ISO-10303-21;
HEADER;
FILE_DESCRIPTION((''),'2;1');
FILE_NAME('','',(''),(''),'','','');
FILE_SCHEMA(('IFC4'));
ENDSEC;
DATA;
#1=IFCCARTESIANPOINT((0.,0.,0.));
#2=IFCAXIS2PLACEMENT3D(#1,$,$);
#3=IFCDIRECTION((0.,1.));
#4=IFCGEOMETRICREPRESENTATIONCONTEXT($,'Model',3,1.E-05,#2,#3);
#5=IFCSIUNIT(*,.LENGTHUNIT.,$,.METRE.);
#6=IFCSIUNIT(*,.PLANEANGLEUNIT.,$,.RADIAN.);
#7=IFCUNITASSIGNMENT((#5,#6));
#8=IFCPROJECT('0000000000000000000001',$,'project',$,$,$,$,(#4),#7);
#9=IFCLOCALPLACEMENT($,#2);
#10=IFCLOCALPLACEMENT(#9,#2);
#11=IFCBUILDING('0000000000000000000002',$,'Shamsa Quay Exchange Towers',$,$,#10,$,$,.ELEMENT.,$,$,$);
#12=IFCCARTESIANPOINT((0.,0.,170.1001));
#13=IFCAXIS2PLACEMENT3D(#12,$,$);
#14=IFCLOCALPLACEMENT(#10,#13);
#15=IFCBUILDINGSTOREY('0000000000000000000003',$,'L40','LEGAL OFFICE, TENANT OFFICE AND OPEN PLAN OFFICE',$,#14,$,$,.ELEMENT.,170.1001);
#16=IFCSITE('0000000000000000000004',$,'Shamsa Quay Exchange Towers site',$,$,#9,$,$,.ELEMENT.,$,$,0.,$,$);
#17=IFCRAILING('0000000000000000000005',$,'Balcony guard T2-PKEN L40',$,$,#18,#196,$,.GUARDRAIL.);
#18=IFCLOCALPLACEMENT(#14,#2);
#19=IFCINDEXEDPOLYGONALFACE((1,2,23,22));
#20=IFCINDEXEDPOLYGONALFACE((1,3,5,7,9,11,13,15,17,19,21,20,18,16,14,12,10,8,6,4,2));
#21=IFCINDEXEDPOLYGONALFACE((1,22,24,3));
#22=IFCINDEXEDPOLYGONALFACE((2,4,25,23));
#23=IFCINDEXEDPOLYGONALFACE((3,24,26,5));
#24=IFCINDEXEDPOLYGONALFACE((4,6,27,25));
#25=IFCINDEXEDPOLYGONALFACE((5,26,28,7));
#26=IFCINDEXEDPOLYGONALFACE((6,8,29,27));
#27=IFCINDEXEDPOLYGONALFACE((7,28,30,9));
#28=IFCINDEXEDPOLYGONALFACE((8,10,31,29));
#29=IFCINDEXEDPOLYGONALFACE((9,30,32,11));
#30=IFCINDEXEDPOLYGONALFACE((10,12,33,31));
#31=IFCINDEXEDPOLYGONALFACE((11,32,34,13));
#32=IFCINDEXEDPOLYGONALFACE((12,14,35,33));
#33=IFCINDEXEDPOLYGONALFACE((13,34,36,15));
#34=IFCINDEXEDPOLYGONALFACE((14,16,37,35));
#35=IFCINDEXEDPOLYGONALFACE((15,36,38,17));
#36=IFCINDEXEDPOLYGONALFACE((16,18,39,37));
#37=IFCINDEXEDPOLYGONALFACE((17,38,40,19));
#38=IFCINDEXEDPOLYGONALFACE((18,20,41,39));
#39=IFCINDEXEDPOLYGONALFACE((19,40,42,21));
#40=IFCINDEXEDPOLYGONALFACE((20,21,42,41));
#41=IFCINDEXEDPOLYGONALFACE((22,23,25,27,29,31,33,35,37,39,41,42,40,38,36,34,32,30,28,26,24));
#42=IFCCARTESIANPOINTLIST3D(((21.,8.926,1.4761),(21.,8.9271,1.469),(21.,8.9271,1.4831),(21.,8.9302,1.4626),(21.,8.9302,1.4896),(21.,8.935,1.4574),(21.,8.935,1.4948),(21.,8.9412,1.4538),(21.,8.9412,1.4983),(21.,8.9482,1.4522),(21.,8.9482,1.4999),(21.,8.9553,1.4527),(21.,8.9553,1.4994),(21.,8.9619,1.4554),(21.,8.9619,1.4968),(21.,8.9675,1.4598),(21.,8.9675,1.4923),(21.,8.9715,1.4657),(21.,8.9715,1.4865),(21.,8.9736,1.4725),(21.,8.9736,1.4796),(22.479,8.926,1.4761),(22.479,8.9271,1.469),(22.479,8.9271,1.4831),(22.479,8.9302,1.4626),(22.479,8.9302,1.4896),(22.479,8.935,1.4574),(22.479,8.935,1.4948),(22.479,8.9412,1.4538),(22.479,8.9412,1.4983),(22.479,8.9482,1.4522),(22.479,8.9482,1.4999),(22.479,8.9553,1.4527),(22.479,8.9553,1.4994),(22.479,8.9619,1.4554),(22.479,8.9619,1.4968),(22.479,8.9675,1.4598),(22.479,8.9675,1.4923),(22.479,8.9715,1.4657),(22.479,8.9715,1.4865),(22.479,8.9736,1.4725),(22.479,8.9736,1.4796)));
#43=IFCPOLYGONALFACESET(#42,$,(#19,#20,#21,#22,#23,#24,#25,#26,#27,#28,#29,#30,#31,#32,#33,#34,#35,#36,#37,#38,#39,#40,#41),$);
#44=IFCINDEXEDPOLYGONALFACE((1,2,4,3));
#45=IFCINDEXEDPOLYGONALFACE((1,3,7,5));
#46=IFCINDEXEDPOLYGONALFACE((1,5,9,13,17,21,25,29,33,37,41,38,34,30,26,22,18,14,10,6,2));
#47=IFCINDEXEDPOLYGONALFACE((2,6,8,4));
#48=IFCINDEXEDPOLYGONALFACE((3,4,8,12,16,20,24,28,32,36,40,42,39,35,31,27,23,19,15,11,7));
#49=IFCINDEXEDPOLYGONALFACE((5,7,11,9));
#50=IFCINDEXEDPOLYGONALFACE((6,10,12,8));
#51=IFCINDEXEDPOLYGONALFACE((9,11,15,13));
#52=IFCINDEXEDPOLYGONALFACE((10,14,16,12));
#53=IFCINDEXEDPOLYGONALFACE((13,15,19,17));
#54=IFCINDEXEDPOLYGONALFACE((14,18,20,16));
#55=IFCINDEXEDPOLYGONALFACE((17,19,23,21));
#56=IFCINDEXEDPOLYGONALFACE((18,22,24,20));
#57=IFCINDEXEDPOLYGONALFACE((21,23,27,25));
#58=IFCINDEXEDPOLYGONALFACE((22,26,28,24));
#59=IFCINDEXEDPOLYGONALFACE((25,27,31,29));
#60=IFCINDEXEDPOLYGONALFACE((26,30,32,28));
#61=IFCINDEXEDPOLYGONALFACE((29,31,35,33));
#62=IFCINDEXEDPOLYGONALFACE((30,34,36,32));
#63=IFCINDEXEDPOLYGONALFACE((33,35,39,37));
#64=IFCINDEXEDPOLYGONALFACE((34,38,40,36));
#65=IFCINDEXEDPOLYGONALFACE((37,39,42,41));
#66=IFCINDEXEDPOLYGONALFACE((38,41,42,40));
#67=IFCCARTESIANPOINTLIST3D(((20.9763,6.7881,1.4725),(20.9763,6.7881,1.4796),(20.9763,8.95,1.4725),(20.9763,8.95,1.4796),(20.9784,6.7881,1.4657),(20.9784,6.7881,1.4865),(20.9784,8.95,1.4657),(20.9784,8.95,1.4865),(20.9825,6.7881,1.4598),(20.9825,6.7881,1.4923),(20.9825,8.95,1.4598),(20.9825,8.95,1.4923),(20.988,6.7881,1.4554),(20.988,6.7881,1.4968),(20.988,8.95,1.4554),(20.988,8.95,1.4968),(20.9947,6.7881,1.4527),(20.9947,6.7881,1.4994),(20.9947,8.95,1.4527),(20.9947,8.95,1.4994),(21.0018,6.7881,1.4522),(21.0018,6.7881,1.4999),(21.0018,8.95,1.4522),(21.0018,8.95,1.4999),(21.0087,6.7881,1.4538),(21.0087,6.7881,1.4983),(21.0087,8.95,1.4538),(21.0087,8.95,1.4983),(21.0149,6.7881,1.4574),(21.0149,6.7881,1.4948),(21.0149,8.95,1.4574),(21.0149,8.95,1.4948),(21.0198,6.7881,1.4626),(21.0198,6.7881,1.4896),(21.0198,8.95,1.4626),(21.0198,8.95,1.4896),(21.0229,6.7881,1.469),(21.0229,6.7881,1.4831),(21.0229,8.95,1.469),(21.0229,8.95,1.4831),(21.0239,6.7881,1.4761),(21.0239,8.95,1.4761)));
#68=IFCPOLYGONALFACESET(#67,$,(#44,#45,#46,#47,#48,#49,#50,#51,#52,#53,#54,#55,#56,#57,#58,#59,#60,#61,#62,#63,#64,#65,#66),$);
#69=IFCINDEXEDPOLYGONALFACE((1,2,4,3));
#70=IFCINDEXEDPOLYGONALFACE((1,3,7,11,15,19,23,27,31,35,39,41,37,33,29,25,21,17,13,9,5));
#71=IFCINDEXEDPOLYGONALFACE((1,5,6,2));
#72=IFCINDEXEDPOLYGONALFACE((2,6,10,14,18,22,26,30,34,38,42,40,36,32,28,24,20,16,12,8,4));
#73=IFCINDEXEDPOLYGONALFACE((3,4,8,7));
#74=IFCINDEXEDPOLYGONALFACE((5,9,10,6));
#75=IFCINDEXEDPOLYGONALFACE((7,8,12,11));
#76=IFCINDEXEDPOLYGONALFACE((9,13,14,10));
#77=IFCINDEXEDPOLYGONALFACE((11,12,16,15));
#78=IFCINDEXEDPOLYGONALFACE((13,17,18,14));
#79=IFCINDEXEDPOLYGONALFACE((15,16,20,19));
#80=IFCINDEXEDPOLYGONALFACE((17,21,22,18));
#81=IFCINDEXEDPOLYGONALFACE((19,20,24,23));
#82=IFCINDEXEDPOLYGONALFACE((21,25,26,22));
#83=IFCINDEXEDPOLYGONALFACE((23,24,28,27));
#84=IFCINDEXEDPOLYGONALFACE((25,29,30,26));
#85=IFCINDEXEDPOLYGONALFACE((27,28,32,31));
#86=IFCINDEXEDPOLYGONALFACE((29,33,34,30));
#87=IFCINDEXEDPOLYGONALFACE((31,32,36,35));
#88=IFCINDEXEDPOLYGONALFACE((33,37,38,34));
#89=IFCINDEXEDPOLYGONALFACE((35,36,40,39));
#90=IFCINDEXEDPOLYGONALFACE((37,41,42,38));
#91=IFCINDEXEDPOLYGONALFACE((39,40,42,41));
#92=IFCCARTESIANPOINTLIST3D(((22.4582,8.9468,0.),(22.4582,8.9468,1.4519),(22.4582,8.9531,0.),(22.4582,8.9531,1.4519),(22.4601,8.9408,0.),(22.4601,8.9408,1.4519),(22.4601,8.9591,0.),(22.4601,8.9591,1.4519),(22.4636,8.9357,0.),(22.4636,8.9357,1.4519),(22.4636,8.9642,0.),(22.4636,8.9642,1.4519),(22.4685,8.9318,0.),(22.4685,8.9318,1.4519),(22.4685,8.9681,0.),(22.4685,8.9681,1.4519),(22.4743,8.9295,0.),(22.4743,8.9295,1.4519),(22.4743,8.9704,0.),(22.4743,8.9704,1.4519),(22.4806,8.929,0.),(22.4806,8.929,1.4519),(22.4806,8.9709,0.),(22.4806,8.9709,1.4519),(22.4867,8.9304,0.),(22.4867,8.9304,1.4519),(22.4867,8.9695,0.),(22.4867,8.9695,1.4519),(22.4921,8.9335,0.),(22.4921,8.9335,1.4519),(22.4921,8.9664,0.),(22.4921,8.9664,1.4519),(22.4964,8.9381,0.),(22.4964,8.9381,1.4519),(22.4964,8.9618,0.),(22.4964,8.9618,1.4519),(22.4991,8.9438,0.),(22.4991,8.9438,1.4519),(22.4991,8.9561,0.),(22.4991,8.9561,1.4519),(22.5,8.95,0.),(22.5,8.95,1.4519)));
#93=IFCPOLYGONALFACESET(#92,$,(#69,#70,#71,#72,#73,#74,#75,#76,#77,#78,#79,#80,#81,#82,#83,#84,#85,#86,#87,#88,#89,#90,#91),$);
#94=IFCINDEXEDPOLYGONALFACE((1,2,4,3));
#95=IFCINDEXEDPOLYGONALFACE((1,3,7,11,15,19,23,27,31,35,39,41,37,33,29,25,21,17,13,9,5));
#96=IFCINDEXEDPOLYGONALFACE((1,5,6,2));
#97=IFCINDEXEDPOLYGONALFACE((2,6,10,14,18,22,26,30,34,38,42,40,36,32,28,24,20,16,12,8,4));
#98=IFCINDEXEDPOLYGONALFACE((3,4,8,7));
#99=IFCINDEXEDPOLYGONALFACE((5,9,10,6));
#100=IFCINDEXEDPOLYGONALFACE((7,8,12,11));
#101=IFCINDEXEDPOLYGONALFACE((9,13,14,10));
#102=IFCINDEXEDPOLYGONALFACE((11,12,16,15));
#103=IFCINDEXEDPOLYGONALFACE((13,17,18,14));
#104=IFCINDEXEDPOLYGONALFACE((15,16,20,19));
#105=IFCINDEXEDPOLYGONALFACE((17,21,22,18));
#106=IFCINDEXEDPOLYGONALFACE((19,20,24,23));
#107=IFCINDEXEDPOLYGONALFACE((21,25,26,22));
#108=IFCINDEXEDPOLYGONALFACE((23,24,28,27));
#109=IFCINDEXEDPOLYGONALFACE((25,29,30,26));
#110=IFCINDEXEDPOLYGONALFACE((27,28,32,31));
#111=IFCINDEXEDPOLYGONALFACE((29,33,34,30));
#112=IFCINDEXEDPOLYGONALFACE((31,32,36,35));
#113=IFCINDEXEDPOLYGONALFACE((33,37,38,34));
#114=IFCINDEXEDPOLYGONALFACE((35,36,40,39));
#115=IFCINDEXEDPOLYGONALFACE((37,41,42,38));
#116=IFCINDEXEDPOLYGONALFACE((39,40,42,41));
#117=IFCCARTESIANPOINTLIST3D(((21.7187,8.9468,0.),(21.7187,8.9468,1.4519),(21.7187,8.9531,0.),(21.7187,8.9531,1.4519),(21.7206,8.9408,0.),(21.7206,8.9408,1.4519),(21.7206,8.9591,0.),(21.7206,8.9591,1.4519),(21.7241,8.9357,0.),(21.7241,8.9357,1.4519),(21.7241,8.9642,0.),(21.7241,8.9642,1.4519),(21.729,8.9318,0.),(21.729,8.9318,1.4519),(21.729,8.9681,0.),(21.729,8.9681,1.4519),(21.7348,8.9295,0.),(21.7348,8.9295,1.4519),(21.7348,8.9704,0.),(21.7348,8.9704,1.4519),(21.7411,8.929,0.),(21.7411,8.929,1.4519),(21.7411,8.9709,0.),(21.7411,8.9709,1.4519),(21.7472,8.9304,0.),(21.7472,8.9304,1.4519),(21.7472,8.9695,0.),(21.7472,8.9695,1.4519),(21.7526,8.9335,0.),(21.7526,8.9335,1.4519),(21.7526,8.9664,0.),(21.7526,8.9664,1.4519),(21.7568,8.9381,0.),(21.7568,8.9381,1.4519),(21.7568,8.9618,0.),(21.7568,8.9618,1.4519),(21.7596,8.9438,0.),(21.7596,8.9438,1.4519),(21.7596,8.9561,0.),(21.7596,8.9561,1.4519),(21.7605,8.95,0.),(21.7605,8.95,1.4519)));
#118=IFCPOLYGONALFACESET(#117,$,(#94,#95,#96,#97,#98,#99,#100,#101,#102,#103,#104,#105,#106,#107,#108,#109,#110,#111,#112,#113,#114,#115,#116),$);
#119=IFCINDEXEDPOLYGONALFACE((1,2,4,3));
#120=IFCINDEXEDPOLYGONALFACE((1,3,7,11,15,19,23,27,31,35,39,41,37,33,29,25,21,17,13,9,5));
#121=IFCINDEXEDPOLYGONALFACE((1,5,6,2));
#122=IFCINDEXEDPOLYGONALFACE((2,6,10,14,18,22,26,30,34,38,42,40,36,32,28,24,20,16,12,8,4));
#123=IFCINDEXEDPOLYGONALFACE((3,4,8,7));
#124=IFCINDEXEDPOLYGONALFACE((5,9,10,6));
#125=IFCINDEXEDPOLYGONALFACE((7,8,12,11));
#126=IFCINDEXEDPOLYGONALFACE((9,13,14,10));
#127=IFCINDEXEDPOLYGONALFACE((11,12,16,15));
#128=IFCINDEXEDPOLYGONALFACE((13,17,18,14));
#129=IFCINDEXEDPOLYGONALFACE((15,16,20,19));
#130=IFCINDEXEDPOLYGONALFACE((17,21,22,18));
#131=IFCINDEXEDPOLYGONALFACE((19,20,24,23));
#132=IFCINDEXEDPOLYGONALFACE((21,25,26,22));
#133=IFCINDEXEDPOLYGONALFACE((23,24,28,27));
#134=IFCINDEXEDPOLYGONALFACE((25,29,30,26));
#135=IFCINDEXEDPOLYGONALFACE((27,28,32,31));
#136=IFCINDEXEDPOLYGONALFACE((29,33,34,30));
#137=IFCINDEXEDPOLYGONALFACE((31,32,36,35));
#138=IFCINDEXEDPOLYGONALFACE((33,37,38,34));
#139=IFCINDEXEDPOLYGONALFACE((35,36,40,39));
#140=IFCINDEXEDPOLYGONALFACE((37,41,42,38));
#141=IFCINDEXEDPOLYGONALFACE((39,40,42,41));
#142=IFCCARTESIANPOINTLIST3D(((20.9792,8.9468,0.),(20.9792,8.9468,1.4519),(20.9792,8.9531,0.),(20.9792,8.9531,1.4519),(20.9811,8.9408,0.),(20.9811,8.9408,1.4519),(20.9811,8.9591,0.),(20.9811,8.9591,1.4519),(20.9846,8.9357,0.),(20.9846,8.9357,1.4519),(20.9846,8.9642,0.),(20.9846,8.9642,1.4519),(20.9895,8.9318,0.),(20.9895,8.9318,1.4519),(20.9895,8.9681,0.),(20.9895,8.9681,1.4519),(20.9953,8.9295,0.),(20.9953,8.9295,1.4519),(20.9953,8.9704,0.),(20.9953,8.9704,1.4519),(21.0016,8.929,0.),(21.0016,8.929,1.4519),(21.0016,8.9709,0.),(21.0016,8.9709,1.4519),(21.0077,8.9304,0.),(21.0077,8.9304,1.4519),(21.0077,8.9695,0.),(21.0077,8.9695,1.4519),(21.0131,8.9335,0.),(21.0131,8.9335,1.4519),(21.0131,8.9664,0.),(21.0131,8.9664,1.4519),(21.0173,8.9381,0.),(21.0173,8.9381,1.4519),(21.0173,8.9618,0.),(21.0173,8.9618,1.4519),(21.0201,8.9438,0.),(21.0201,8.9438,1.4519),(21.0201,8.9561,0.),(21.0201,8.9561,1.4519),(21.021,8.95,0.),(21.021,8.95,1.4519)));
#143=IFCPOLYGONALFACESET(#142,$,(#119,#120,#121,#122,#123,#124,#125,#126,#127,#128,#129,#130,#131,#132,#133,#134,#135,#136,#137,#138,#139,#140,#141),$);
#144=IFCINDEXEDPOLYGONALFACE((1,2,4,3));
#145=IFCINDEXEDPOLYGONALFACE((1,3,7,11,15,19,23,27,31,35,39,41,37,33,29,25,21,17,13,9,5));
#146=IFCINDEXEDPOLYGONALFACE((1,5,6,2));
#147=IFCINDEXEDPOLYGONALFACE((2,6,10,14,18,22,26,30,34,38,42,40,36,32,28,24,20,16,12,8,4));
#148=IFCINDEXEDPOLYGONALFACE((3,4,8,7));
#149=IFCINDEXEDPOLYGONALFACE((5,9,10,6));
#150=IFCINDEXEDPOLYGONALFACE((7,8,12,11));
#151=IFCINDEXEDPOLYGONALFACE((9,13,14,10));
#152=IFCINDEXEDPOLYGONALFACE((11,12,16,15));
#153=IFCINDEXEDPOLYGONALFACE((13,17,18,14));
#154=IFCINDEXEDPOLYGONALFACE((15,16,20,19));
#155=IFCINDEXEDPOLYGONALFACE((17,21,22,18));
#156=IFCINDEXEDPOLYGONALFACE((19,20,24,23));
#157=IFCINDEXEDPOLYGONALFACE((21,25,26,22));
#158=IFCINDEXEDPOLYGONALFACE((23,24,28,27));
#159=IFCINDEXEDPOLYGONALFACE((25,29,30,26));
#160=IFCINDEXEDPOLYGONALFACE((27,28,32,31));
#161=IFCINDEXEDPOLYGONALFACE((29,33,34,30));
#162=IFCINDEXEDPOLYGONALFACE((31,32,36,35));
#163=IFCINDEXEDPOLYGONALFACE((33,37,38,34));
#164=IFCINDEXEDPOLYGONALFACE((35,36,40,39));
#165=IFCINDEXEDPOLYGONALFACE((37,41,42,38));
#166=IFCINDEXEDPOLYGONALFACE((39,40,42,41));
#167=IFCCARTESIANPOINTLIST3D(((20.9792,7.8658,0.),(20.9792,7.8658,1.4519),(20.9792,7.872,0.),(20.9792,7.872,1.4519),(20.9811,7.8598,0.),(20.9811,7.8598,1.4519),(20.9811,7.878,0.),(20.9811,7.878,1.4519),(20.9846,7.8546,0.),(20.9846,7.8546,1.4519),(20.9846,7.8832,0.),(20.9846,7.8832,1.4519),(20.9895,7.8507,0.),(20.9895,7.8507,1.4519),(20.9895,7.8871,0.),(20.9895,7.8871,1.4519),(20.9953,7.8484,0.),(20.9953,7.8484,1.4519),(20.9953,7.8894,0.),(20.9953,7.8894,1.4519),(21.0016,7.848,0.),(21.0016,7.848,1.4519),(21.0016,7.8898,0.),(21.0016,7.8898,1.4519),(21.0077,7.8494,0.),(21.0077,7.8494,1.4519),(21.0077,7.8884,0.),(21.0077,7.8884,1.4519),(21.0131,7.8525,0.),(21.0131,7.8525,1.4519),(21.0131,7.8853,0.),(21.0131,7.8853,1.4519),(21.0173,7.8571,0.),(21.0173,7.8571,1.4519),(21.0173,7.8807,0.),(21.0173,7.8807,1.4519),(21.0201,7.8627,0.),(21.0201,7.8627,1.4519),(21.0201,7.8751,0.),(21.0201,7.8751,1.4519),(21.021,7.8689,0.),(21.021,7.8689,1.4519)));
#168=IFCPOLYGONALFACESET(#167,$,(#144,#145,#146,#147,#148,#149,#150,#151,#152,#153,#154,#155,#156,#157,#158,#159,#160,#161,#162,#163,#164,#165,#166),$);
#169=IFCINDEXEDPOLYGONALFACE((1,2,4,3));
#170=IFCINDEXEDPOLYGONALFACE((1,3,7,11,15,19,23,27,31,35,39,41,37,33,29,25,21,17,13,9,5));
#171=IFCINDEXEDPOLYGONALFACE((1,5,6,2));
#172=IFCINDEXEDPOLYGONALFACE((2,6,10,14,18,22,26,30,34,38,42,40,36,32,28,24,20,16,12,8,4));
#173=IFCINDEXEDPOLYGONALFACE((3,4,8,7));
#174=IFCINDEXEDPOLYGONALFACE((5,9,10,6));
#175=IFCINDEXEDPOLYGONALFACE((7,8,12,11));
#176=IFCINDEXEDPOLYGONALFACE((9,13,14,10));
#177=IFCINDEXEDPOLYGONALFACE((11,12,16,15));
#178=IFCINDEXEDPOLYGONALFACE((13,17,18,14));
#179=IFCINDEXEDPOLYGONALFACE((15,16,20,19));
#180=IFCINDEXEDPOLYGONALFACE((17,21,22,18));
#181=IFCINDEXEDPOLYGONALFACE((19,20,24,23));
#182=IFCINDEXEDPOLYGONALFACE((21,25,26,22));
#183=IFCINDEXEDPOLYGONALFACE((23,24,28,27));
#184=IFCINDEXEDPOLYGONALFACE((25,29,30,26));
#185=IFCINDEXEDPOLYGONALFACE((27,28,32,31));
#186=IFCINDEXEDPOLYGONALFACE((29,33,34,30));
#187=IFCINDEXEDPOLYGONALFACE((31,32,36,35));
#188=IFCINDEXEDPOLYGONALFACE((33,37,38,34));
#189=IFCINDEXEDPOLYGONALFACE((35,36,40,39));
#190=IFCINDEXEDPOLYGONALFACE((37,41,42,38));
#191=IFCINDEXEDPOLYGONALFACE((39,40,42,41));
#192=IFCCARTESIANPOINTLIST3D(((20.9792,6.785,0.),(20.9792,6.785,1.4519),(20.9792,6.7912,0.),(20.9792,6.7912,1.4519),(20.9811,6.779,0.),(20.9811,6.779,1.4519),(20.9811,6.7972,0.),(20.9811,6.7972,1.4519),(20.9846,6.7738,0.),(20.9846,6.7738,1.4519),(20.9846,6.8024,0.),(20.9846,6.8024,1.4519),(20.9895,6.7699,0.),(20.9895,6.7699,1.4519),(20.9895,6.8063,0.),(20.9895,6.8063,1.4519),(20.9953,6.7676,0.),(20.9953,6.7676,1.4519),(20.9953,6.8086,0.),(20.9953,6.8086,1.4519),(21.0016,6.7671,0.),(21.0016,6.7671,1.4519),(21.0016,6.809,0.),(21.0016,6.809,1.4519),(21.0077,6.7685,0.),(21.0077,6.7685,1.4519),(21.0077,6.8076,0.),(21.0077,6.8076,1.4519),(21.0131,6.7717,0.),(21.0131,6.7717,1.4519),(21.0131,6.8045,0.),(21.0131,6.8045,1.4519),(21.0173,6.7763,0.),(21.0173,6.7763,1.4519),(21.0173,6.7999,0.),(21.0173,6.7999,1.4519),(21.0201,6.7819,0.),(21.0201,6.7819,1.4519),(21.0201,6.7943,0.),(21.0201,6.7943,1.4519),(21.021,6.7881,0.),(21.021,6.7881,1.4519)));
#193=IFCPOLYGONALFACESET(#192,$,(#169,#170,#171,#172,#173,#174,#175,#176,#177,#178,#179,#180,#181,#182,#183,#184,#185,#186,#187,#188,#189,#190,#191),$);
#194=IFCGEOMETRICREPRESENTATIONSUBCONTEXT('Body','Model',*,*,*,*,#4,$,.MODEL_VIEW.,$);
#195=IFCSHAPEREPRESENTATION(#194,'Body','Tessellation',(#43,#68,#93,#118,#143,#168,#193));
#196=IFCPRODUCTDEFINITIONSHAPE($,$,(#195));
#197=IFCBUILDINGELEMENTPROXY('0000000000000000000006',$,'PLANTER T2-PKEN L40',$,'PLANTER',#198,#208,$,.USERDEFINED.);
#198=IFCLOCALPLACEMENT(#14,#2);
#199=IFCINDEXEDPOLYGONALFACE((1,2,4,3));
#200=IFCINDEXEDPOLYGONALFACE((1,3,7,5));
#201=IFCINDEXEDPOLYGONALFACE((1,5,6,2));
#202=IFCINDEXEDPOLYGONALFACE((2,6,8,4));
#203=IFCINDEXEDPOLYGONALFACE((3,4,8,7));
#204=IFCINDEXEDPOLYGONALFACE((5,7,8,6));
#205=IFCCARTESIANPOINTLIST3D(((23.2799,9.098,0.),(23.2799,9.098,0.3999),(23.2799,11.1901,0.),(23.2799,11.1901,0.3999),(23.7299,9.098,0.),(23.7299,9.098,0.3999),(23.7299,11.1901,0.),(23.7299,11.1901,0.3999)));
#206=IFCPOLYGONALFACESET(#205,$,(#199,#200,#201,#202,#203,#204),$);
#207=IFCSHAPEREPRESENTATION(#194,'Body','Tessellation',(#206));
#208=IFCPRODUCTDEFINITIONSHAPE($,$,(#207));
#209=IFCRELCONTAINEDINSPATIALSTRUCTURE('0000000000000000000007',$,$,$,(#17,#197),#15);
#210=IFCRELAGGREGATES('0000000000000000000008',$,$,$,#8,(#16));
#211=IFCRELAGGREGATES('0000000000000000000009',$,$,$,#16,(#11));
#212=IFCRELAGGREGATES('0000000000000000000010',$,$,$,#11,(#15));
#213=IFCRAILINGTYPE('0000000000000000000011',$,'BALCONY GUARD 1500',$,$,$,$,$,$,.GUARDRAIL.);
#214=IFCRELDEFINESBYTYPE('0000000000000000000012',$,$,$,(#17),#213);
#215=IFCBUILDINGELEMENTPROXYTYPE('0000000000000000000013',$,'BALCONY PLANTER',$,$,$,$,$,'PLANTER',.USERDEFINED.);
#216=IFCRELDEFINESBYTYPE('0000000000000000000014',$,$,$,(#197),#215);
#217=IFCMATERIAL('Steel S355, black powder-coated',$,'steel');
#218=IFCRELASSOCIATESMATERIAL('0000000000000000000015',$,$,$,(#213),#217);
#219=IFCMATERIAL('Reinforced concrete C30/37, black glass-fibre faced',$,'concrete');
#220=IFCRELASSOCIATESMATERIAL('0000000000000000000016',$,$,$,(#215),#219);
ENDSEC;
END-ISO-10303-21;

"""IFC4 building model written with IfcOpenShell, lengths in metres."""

from ifc_helpers import new_model, si_unit, direction, frame, origin, origin_2d, place, context, subcontext, project, spatial, rectangle, circle, extrude, material, type_object, element, save


model = new_model("IFC4")

# Units and contexts
model_context = context("Model", 3, precision=1e-05, world=origin(), true_north=direction((0.0, 1.0)))
body_context = subcontext(model_context, "Body", "Model", "MODEL_VIEW")
ifc_project = project(units=[si_unit("LENGTHUNIT", "METRE"), si_unit("PLANEANGLEUNIT", "RADIAN")], contexts=[model_context])

# Site, building, storey
site_placement = place(None, origin())
site = spatial("IfcSite", under=ifc_project, at=site_placement, Name="Shamsa Quay Exchange Towers site", CompositionType="ELEMENT", RefElevation=0.0)
building_placement = place(site_placement, origin())
building = spatial("IfcBuilding", under=site, at=building_placement, Name="Shamsa Quay Exchange Towers", CompositionType="ELEMENT")
storey_placement = place(building_placement, frame((0.0, 0.0, 170.1001)))
storey = spatial("IfcBuildingStorey", under=building, at=storey_placement, Name="L40", Description="LEGAL OFFICE, TENANT OFFICE AND OPEN PLAN OFFICE", CompositionType="ELEMENT", Elevation=170.1001)

# Railing
ifc_material_1 = material(Name="Steel S355, black powder-coated", Category="steel")
railing_type = type_object("IfcRailingType", Name="BALCONY GUARD 1500", PredefinedType="GUARDRAIL", material=ifc_material_1)
for number, where, name in (
    (1, (22.479, 8.95, 0.0), "Balcony guard T2-PKEN L40"),
):
    element("IfcRailing", number, at=place(storey_placement, frame(where)), inside=storey, type_object=railing_type, Name=name, PredefinedType="GUARDRAIL", context=body_context, shape_type="SweptSolid", body=[
        extrude(circle(Radius=0.0239, at=origin_2d()), frame((0.0, 0.0, 1.4761), z_axis=(-1.0, 0.0, 0.0), x_axis=(0.0, -1.0, 0.0)), (0.0, 0.0, 1.0), 1.479),
        extrude(circle(Radius=0.0239, at=origin_2d()), frame((-1.479, 0.0, 1.4761), z_axis=(0.0, -1.0, 0.0), x_axis=(1.0, 0.0, 0.0)), (0.0, 0.0, 1.0), 2.1619),
        extrude(circle(Radius=0.021, at=origin_2d()), origin(), (0.0, 0.0, 1.0), 1.4519),
        extrude(circle(Radius=0.021, at=origin_2d()), frame((-0.7395, 0.0, 0.0)), (0.0, 0.0, 1.0), 1.4519),
        extrude(circle(Radius=0.021, at=origin_2d()), frame((-1.479, 0.0, 0.0)), (0.0, 0.0, 1.0), 1.4519),
        extrude(circle(Radius=0.021, at=origin_2d()), frame((-1.479, -1.0811, 0.0)), (0.0, 0.0, 1.0), 1.4519),
        extrude(circle(Radius=0.021, at=origin_2d()), frame((-1.479, -2.1619, 0.0)), (0.0, 0.0, 1.0), 1.4519),
    ])

# Building element proxy
ifc_material_2 = material(Name="Reinforced concrete C30/37, black glass-fibre faced", Category="concrete")
building_element_proxy_type = type_object("IfcBuildingElementProxyType", Name="BALCONY PLANTER", ElementType="PLANTER", PredefinedType="USERDEFINED", material=ifc_material_2)
for number, where, z_axis, x_axis, name in (
    (2, (23.5049, 10.144, 0.0), (0.0, 0.0, 1.0), (0.0, -1.0, 0.0), "PLANTER T2-PKEN L40"),
):
    element("IfcBuildingElementProxy", number, at=place(storey_placement, frame(where, z_axis=z_axis, x_axis=x_axis)), inside=storey, type_object=building_element_proxy_type, Name=name, ObjectType="PLANTER", PredefinedType="USERDEFINED", context=body_context, shape_type="SweptSolid", body=[
        extrude(rectangle(XDim=2.092, YDim=0.45, at=origin_2d()), origin(), (0.0, 0.0, 1.0), 0.3999),
    ])

save(model, "model.ifc")
